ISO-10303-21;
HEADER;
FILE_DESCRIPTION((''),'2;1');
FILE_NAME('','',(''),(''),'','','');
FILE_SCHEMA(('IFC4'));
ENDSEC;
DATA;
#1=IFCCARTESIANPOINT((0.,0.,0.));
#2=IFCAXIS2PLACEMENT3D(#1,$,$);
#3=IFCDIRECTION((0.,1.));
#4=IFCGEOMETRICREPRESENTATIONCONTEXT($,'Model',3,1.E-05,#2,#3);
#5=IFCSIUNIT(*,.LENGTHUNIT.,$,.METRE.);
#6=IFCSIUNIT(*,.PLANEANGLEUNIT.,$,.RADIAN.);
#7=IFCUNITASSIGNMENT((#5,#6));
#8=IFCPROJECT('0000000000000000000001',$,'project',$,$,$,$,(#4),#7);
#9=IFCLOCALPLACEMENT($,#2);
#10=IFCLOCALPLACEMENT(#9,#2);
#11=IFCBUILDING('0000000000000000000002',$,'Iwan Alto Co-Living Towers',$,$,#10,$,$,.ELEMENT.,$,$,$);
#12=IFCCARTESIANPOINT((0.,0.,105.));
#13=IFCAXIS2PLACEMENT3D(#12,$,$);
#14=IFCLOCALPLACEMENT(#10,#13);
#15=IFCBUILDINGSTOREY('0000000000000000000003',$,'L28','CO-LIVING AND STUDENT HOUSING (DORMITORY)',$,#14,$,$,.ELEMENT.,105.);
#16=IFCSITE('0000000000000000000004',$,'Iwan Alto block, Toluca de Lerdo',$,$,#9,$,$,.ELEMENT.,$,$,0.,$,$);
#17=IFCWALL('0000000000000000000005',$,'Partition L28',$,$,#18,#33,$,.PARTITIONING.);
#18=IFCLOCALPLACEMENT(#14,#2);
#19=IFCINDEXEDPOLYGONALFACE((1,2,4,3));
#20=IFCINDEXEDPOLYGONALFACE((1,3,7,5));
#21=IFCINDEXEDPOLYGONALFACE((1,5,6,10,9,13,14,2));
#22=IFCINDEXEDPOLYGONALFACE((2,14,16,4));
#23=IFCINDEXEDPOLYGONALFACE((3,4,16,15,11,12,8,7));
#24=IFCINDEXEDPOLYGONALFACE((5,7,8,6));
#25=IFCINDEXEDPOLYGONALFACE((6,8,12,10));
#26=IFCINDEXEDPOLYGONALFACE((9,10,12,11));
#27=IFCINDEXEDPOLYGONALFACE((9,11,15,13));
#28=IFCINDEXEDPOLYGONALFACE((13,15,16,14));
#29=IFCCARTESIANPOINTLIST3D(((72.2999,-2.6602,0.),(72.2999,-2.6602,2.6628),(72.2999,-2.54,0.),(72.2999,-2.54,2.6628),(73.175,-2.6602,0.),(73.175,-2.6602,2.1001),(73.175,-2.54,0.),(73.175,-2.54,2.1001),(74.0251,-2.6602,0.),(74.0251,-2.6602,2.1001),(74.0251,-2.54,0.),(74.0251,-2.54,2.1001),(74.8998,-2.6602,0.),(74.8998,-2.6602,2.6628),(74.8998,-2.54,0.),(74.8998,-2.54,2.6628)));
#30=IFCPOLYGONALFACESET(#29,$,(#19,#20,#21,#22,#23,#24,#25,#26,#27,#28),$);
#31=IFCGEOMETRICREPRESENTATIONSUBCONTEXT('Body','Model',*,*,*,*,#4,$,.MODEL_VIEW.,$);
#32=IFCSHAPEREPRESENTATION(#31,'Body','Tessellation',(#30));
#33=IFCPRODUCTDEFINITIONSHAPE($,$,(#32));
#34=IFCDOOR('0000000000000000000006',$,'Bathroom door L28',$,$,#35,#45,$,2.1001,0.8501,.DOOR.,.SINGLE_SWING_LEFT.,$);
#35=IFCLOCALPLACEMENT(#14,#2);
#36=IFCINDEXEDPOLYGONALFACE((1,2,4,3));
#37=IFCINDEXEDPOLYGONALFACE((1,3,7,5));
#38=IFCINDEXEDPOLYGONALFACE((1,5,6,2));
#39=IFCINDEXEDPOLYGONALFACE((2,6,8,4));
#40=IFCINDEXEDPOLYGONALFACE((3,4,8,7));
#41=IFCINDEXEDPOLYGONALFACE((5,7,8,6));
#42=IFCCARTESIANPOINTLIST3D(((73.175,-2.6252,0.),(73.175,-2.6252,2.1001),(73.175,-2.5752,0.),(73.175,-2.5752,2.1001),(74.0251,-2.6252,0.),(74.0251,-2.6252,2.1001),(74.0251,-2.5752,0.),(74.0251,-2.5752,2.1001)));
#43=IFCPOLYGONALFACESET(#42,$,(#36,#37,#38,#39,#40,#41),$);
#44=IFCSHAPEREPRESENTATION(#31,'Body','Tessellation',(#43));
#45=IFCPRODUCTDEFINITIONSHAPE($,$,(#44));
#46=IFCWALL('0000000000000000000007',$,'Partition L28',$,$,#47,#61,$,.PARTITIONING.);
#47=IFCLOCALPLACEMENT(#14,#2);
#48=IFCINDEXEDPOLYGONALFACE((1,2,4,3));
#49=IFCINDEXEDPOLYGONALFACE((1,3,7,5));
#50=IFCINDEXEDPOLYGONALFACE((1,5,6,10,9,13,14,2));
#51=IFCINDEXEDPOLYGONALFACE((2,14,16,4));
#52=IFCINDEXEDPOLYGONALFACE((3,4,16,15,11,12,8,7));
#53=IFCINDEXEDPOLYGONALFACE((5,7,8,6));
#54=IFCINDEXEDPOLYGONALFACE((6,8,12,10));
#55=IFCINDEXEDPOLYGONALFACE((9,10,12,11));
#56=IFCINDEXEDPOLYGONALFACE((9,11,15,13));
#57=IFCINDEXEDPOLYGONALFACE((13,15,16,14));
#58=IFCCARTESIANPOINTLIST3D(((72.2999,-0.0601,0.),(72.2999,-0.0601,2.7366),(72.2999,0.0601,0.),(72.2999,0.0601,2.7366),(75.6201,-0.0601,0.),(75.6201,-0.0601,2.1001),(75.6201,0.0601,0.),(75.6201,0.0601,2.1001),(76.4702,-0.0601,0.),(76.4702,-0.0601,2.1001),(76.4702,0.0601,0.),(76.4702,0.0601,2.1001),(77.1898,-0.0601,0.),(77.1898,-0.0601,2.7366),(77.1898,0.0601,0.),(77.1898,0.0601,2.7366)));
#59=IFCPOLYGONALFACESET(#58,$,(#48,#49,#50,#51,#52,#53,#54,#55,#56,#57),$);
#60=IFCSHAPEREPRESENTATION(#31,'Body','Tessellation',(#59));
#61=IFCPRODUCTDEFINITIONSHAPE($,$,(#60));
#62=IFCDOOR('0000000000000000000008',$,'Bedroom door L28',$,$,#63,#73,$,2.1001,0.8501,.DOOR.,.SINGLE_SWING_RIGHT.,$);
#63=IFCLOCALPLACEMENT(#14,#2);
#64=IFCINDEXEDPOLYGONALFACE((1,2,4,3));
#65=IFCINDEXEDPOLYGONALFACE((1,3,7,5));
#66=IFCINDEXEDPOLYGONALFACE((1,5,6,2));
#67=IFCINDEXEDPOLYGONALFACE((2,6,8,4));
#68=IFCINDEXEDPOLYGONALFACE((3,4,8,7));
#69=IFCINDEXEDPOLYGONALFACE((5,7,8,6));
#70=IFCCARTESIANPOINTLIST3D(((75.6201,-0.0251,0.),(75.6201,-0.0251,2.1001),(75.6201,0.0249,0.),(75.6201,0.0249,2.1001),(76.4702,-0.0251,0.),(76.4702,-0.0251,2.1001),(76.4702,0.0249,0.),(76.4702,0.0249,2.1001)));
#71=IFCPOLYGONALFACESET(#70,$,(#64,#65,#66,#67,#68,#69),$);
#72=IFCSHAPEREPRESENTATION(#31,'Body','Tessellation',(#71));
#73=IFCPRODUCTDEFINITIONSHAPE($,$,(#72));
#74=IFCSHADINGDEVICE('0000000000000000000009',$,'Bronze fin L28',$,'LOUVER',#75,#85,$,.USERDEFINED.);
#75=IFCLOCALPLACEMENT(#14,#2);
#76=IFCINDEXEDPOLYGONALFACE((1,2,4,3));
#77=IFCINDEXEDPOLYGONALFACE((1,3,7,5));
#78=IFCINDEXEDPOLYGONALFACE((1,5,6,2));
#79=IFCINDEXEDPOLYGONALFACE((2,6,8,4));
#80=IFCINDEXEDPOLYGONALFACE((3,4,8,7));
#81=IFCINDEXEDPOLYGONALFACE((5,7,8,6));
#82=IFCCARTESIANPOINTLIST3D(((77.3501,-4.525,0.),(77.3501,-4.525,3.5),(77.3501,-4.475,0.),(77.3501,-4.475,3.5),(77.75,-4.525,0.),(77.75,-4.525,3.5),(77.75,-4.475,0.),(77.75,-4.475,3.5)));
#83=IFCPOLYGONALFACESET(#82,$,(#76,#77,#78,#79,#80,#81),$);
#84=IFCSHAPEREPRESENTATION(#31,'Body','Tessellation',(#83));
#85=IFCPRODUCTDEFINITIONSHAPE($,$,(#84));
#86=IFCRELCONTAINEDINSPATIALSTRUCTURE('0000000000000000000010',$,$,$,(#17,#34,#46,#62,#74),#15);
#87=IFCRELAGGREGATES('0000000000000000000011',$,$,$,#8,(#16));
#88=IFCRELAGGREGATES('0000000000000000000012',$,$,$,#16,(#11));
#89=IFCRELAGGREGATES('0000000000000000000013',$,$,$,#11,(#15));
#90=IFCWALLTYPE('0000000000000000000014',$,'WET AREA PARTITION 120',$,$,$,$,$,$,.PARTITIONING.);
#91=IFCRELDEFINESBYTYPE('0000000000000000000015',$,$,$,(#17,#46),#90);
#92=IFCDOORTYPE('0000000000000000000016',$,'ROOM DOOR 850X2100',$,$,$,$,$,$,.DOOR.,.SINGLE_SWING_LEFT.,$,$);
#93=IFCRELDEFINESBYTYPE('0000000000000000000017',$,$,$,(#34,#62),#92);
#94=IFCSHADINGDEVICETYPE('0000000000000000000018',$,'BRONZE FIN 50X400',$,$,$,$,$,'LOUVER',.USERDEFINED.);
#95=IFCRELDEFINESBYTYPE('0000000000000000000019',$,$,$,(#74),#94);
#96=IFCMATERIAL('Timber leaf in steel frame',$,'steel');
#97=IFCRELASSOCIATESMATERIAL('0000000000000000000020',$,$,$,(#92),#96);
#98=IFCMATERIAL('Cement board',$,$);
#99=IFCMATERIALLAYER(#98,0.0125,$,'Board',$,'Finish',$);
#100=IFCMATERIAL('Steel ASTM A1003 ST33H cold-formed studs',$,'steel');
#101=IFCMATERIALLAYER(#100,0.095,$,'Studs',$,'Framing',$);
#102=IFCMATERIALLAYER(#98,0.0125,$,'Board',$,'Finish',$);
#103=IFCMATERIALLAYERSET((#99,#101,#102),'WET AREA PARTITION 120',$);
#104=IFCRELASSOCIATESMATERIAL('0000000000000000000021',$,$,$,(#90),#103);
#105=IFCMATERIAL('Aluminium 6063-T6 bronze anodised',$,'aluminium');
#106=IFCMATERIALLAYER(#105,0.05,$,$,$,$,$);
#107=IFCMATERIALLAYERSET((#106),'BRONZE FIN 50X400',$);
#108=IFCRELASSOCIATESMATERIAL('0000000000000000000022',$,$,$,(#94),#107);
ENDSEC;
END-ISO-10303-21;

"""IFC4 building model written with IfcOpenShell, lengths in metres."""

from ifc_helpers import new_model, si_unit, direction, frame, frame_2d, origin, origin_2d, place, context, subcontext, project, spatial, rectangle, extrude, material, layer, layer_set, type_object, element, fill, save


model = new_model("IFC4")

# Units and contexts
model_context = context("Model", 3, precision=1e-05, world=origin(), true_north=direction((0.0, 1.0)))
body_context = subcontext(model_context, "Body", "Model", "MODEL_VIEW")
ifc_project = project(units=[si_unit("LENGTHUNIT", "METRE"), si_unit("PLANEANGLEUNIT", "RADIAN")], contexts=[model_context])

# Site, building, storey
site_placement = place(None, origin())
site = spatial("IfcSite", under=ifc_project, at=site_placement, Name="Iwan Alto block, Toluca de Lerdo", CompositionType="ELEMENT", RefElevation=0.0)
building_placement = place(site_placement, origin())
building = spatial("IfcBuilding", under=site, at=building_placement, Name="Iwan Alto Co-Living Towers", CompositionType="ELEMENT")
storey_placement = place(building_placement, frame((0.0, 0.0, 105.0)))
storey = spatial("IfcBuildingStorey", under=building, at=storey_placement, Name="L28", Description="CO-LIVING AND STUDENT HOUSING (DORMITORY)", CompositionType="ELEMENT", Elevation=105.0)

# Shared definitions
ifc_material_1 = material(Name="Steel ASTM A1003 ST33H cold-formed studs", Category="steel")
ifc_material_2 = material(Name="Timber leaf in steel frame", Category="steel")
door_type = type_object("IfcDoorType", Name="ROOM DOOR 850X2100", OperationType="SINGLE_SWING_LEFT", PredefinedType="DOOR", material=ifc_material_2)

# Walls, openings, doors
ifc_material_3 = material(Name="Cement board")
ifc_layer_1 = layer(ifc_material_3, 0.0125, Name="Board", Category="Finish")
ifc_layer_2 = layer(ifc_material_1, 0.095, Name="Studs", Category="Framing")
ifc_layer_3 = layer(ifc_material_3, 0.0125, Name="Board", Category="Finish")
ifc_layer_set_1 = layer_set([ifc_layer_1, ifc_layer_2, ifc_layer_3], Name="WET AREA PARTITION 120")
wall_type_1 = type_object("IfcWallType", Name="WET AREA PARTITION 120", PredefinedType="PARTITIONING", material=ifc_layer_set_1)
wall_1_placement = place(storey_placement, frame((72.3, -2.6001, 0.0), z_axis=(0.0, 0.0, 1.0), x_axis=(1.0, 0.0, 0.0)))
wall_1 = element("IfcWall", 1, at=wall_1_placement, inside=storey, type_object=wall_type_1, Name="Partition L28", PredefinedType="PARTITIONING", context=body_context, shape_type="SweptSolid", body=[
    extrude(rectangle(XDim=2.5999, YDim=0.1201, at=frame_2d((1.2998, 0.0))), origin(), (0.0, 0.0, 1.0), 2.6628),
])
opening_1_placement = place(wall_1_placement, frame((0.875, 0.0, 0.0)))
opening_1 = element("IfcOpeningElement", 2, at=opening_1_placement, cuts=wall_1, PredefinedType="OPENING", context=body_context, shape_type="SweptSolid", body=[
    extrude(rectangle(XDim=0.8501, YDim=2.1001, at=frame_2d((0.425, 1.05))), frame((0.0, 0.0701, 0.0), z_axis=(0.0, -1.0, 0.0), x_axis=(1.0, 0.0, 0.0)), (0.0, 0.0, 1.0), 0.1401),
])
door_1_placement = place(opening_1_placement, origin())
door_1 = element("IfcDoor", 3, at=door_1_placement, inside=storey, type_object=door_type, Name="Bathroom door L28", OperationType="SINGLE_SWING_LEFT", OverallHeight=2.1001, OverallWidth=0.8501, PredefinedType="DOOR", context=body_context, shape_type="SweptSolid", body=[
    extrude(rectangle(XDim=0.8501, YDim=2.1001, at=frame_2d((0.425, 1.05))), frame((0.0, 0.0249, 0.0), z_axis=(0.0, -1.0, 0.0), x_axis=(1.0, 0.0, 0.0)), (0.0, 0.0, 1.0), 0.05),
])
fill(opening_1, door_1)
wall_2_placement = place(storey_placement, frame((72.3, 0.0, 0.0), z_axis=(0.0, 0.0, 1.0), x_axis=(1.0, 0.0, 0.0)))
wall_2 = element("IfcWall", 4, at=wall_2_placement, inside=storey, type_object=wall_type_1, Name="Partition L28", PredefinedType="PARTITIONING", context=body_context, shape_type="SweptSolid", body=[
    extrude(rectangle(XDim=4.8899, YDim=0.1201, at=frame_2d((2.4448, 0.0))), origin(), (0.0, 0.0, 1.0), 2.7366),
])
opening_2_placement = place(wall_2_placement, frame((3.3201, 0.0, 0.0)))
opening_2 = element("IfcOpeningElement", 5, at=opening_2_placement, cuts=wall_2, PredefinedType="OPENING", context=body_context, shape_type="SweptSolid", body=[
    extrude(rectangle(XDim=0.8501, YDim=2.1001, at=frame_2d((0.425, 1.05))), frame((0.0, 0.0701, 0.0), z_axis=(0.0, -1.0, 0.0), x_axis=(1.0, 0.0, 0.0)), (0.0, 0.0, 1.0), 0.1401),
])
door_2_placement = place(opening_2_placement, origin())
door_2 = element("IfcDoor", 6, at=door_2_placement, inside=storey, type_object=door_type, Name="Bedroom door L28", OperationType="SINGLE_SWING_RIGHT", OverallHeight=2.1001, OverallWidth=0.8501, PredefinedType="DOOR", context=body_context, shape_type="SweptSolid", body=[
    extrude(rectangle(XDim=0.8501, YDim=2.1001, at=frame_2d((0.425, 1.05))), frame((0.0, 0.0249, 0.0), z_axis=(0.0, -1.0, 0.0), x_axis=(1.0, 0.0, 0.0)), (0.0, 0.0, 1.0), 0.05),
])
fill(opening_2, door_2)

# Shading device
ifc_material_4 = material(Name="Aluminium 6063-T6 bronze anodised", Category="aluminium")
ifc_layer_4 = layer(ifc_material_4, 0.05)
ifc_layer_set_2 = layer_set([ifc_layer_4], Name="BRONZE FIN 50X400")
shading_device_type = type_object("IfcShadingDeviceType", Name="BRONZE FIN 50X400", ElementType="LOUVER", PredefinedType="USERDEFINED", material=ifc_layer_set_2)
shading_device_placement = place(storey_placement, frame((77.55, -4.5, 0.0), z_axis=(0.0, 0.0, 1.0), x_axis=(0.0, 1.0, 0.0)))
element("IfcShadingDevice", 7, at=shading_device_placement, inside=storey, type_object=shading_device_type, Name="Bronze fin L28", ObjectType="LOUVER", PredefinedType="USERDEFINED", context=body_context, shape_type="SweptSolid", body=[
    extrude(rectangle(XDim=0.05, YDim=0.3999, at=origin_2d()), origin(), (0.0, 0.0, 1.0), 3.5),
])

save(model, "model.ifc")
